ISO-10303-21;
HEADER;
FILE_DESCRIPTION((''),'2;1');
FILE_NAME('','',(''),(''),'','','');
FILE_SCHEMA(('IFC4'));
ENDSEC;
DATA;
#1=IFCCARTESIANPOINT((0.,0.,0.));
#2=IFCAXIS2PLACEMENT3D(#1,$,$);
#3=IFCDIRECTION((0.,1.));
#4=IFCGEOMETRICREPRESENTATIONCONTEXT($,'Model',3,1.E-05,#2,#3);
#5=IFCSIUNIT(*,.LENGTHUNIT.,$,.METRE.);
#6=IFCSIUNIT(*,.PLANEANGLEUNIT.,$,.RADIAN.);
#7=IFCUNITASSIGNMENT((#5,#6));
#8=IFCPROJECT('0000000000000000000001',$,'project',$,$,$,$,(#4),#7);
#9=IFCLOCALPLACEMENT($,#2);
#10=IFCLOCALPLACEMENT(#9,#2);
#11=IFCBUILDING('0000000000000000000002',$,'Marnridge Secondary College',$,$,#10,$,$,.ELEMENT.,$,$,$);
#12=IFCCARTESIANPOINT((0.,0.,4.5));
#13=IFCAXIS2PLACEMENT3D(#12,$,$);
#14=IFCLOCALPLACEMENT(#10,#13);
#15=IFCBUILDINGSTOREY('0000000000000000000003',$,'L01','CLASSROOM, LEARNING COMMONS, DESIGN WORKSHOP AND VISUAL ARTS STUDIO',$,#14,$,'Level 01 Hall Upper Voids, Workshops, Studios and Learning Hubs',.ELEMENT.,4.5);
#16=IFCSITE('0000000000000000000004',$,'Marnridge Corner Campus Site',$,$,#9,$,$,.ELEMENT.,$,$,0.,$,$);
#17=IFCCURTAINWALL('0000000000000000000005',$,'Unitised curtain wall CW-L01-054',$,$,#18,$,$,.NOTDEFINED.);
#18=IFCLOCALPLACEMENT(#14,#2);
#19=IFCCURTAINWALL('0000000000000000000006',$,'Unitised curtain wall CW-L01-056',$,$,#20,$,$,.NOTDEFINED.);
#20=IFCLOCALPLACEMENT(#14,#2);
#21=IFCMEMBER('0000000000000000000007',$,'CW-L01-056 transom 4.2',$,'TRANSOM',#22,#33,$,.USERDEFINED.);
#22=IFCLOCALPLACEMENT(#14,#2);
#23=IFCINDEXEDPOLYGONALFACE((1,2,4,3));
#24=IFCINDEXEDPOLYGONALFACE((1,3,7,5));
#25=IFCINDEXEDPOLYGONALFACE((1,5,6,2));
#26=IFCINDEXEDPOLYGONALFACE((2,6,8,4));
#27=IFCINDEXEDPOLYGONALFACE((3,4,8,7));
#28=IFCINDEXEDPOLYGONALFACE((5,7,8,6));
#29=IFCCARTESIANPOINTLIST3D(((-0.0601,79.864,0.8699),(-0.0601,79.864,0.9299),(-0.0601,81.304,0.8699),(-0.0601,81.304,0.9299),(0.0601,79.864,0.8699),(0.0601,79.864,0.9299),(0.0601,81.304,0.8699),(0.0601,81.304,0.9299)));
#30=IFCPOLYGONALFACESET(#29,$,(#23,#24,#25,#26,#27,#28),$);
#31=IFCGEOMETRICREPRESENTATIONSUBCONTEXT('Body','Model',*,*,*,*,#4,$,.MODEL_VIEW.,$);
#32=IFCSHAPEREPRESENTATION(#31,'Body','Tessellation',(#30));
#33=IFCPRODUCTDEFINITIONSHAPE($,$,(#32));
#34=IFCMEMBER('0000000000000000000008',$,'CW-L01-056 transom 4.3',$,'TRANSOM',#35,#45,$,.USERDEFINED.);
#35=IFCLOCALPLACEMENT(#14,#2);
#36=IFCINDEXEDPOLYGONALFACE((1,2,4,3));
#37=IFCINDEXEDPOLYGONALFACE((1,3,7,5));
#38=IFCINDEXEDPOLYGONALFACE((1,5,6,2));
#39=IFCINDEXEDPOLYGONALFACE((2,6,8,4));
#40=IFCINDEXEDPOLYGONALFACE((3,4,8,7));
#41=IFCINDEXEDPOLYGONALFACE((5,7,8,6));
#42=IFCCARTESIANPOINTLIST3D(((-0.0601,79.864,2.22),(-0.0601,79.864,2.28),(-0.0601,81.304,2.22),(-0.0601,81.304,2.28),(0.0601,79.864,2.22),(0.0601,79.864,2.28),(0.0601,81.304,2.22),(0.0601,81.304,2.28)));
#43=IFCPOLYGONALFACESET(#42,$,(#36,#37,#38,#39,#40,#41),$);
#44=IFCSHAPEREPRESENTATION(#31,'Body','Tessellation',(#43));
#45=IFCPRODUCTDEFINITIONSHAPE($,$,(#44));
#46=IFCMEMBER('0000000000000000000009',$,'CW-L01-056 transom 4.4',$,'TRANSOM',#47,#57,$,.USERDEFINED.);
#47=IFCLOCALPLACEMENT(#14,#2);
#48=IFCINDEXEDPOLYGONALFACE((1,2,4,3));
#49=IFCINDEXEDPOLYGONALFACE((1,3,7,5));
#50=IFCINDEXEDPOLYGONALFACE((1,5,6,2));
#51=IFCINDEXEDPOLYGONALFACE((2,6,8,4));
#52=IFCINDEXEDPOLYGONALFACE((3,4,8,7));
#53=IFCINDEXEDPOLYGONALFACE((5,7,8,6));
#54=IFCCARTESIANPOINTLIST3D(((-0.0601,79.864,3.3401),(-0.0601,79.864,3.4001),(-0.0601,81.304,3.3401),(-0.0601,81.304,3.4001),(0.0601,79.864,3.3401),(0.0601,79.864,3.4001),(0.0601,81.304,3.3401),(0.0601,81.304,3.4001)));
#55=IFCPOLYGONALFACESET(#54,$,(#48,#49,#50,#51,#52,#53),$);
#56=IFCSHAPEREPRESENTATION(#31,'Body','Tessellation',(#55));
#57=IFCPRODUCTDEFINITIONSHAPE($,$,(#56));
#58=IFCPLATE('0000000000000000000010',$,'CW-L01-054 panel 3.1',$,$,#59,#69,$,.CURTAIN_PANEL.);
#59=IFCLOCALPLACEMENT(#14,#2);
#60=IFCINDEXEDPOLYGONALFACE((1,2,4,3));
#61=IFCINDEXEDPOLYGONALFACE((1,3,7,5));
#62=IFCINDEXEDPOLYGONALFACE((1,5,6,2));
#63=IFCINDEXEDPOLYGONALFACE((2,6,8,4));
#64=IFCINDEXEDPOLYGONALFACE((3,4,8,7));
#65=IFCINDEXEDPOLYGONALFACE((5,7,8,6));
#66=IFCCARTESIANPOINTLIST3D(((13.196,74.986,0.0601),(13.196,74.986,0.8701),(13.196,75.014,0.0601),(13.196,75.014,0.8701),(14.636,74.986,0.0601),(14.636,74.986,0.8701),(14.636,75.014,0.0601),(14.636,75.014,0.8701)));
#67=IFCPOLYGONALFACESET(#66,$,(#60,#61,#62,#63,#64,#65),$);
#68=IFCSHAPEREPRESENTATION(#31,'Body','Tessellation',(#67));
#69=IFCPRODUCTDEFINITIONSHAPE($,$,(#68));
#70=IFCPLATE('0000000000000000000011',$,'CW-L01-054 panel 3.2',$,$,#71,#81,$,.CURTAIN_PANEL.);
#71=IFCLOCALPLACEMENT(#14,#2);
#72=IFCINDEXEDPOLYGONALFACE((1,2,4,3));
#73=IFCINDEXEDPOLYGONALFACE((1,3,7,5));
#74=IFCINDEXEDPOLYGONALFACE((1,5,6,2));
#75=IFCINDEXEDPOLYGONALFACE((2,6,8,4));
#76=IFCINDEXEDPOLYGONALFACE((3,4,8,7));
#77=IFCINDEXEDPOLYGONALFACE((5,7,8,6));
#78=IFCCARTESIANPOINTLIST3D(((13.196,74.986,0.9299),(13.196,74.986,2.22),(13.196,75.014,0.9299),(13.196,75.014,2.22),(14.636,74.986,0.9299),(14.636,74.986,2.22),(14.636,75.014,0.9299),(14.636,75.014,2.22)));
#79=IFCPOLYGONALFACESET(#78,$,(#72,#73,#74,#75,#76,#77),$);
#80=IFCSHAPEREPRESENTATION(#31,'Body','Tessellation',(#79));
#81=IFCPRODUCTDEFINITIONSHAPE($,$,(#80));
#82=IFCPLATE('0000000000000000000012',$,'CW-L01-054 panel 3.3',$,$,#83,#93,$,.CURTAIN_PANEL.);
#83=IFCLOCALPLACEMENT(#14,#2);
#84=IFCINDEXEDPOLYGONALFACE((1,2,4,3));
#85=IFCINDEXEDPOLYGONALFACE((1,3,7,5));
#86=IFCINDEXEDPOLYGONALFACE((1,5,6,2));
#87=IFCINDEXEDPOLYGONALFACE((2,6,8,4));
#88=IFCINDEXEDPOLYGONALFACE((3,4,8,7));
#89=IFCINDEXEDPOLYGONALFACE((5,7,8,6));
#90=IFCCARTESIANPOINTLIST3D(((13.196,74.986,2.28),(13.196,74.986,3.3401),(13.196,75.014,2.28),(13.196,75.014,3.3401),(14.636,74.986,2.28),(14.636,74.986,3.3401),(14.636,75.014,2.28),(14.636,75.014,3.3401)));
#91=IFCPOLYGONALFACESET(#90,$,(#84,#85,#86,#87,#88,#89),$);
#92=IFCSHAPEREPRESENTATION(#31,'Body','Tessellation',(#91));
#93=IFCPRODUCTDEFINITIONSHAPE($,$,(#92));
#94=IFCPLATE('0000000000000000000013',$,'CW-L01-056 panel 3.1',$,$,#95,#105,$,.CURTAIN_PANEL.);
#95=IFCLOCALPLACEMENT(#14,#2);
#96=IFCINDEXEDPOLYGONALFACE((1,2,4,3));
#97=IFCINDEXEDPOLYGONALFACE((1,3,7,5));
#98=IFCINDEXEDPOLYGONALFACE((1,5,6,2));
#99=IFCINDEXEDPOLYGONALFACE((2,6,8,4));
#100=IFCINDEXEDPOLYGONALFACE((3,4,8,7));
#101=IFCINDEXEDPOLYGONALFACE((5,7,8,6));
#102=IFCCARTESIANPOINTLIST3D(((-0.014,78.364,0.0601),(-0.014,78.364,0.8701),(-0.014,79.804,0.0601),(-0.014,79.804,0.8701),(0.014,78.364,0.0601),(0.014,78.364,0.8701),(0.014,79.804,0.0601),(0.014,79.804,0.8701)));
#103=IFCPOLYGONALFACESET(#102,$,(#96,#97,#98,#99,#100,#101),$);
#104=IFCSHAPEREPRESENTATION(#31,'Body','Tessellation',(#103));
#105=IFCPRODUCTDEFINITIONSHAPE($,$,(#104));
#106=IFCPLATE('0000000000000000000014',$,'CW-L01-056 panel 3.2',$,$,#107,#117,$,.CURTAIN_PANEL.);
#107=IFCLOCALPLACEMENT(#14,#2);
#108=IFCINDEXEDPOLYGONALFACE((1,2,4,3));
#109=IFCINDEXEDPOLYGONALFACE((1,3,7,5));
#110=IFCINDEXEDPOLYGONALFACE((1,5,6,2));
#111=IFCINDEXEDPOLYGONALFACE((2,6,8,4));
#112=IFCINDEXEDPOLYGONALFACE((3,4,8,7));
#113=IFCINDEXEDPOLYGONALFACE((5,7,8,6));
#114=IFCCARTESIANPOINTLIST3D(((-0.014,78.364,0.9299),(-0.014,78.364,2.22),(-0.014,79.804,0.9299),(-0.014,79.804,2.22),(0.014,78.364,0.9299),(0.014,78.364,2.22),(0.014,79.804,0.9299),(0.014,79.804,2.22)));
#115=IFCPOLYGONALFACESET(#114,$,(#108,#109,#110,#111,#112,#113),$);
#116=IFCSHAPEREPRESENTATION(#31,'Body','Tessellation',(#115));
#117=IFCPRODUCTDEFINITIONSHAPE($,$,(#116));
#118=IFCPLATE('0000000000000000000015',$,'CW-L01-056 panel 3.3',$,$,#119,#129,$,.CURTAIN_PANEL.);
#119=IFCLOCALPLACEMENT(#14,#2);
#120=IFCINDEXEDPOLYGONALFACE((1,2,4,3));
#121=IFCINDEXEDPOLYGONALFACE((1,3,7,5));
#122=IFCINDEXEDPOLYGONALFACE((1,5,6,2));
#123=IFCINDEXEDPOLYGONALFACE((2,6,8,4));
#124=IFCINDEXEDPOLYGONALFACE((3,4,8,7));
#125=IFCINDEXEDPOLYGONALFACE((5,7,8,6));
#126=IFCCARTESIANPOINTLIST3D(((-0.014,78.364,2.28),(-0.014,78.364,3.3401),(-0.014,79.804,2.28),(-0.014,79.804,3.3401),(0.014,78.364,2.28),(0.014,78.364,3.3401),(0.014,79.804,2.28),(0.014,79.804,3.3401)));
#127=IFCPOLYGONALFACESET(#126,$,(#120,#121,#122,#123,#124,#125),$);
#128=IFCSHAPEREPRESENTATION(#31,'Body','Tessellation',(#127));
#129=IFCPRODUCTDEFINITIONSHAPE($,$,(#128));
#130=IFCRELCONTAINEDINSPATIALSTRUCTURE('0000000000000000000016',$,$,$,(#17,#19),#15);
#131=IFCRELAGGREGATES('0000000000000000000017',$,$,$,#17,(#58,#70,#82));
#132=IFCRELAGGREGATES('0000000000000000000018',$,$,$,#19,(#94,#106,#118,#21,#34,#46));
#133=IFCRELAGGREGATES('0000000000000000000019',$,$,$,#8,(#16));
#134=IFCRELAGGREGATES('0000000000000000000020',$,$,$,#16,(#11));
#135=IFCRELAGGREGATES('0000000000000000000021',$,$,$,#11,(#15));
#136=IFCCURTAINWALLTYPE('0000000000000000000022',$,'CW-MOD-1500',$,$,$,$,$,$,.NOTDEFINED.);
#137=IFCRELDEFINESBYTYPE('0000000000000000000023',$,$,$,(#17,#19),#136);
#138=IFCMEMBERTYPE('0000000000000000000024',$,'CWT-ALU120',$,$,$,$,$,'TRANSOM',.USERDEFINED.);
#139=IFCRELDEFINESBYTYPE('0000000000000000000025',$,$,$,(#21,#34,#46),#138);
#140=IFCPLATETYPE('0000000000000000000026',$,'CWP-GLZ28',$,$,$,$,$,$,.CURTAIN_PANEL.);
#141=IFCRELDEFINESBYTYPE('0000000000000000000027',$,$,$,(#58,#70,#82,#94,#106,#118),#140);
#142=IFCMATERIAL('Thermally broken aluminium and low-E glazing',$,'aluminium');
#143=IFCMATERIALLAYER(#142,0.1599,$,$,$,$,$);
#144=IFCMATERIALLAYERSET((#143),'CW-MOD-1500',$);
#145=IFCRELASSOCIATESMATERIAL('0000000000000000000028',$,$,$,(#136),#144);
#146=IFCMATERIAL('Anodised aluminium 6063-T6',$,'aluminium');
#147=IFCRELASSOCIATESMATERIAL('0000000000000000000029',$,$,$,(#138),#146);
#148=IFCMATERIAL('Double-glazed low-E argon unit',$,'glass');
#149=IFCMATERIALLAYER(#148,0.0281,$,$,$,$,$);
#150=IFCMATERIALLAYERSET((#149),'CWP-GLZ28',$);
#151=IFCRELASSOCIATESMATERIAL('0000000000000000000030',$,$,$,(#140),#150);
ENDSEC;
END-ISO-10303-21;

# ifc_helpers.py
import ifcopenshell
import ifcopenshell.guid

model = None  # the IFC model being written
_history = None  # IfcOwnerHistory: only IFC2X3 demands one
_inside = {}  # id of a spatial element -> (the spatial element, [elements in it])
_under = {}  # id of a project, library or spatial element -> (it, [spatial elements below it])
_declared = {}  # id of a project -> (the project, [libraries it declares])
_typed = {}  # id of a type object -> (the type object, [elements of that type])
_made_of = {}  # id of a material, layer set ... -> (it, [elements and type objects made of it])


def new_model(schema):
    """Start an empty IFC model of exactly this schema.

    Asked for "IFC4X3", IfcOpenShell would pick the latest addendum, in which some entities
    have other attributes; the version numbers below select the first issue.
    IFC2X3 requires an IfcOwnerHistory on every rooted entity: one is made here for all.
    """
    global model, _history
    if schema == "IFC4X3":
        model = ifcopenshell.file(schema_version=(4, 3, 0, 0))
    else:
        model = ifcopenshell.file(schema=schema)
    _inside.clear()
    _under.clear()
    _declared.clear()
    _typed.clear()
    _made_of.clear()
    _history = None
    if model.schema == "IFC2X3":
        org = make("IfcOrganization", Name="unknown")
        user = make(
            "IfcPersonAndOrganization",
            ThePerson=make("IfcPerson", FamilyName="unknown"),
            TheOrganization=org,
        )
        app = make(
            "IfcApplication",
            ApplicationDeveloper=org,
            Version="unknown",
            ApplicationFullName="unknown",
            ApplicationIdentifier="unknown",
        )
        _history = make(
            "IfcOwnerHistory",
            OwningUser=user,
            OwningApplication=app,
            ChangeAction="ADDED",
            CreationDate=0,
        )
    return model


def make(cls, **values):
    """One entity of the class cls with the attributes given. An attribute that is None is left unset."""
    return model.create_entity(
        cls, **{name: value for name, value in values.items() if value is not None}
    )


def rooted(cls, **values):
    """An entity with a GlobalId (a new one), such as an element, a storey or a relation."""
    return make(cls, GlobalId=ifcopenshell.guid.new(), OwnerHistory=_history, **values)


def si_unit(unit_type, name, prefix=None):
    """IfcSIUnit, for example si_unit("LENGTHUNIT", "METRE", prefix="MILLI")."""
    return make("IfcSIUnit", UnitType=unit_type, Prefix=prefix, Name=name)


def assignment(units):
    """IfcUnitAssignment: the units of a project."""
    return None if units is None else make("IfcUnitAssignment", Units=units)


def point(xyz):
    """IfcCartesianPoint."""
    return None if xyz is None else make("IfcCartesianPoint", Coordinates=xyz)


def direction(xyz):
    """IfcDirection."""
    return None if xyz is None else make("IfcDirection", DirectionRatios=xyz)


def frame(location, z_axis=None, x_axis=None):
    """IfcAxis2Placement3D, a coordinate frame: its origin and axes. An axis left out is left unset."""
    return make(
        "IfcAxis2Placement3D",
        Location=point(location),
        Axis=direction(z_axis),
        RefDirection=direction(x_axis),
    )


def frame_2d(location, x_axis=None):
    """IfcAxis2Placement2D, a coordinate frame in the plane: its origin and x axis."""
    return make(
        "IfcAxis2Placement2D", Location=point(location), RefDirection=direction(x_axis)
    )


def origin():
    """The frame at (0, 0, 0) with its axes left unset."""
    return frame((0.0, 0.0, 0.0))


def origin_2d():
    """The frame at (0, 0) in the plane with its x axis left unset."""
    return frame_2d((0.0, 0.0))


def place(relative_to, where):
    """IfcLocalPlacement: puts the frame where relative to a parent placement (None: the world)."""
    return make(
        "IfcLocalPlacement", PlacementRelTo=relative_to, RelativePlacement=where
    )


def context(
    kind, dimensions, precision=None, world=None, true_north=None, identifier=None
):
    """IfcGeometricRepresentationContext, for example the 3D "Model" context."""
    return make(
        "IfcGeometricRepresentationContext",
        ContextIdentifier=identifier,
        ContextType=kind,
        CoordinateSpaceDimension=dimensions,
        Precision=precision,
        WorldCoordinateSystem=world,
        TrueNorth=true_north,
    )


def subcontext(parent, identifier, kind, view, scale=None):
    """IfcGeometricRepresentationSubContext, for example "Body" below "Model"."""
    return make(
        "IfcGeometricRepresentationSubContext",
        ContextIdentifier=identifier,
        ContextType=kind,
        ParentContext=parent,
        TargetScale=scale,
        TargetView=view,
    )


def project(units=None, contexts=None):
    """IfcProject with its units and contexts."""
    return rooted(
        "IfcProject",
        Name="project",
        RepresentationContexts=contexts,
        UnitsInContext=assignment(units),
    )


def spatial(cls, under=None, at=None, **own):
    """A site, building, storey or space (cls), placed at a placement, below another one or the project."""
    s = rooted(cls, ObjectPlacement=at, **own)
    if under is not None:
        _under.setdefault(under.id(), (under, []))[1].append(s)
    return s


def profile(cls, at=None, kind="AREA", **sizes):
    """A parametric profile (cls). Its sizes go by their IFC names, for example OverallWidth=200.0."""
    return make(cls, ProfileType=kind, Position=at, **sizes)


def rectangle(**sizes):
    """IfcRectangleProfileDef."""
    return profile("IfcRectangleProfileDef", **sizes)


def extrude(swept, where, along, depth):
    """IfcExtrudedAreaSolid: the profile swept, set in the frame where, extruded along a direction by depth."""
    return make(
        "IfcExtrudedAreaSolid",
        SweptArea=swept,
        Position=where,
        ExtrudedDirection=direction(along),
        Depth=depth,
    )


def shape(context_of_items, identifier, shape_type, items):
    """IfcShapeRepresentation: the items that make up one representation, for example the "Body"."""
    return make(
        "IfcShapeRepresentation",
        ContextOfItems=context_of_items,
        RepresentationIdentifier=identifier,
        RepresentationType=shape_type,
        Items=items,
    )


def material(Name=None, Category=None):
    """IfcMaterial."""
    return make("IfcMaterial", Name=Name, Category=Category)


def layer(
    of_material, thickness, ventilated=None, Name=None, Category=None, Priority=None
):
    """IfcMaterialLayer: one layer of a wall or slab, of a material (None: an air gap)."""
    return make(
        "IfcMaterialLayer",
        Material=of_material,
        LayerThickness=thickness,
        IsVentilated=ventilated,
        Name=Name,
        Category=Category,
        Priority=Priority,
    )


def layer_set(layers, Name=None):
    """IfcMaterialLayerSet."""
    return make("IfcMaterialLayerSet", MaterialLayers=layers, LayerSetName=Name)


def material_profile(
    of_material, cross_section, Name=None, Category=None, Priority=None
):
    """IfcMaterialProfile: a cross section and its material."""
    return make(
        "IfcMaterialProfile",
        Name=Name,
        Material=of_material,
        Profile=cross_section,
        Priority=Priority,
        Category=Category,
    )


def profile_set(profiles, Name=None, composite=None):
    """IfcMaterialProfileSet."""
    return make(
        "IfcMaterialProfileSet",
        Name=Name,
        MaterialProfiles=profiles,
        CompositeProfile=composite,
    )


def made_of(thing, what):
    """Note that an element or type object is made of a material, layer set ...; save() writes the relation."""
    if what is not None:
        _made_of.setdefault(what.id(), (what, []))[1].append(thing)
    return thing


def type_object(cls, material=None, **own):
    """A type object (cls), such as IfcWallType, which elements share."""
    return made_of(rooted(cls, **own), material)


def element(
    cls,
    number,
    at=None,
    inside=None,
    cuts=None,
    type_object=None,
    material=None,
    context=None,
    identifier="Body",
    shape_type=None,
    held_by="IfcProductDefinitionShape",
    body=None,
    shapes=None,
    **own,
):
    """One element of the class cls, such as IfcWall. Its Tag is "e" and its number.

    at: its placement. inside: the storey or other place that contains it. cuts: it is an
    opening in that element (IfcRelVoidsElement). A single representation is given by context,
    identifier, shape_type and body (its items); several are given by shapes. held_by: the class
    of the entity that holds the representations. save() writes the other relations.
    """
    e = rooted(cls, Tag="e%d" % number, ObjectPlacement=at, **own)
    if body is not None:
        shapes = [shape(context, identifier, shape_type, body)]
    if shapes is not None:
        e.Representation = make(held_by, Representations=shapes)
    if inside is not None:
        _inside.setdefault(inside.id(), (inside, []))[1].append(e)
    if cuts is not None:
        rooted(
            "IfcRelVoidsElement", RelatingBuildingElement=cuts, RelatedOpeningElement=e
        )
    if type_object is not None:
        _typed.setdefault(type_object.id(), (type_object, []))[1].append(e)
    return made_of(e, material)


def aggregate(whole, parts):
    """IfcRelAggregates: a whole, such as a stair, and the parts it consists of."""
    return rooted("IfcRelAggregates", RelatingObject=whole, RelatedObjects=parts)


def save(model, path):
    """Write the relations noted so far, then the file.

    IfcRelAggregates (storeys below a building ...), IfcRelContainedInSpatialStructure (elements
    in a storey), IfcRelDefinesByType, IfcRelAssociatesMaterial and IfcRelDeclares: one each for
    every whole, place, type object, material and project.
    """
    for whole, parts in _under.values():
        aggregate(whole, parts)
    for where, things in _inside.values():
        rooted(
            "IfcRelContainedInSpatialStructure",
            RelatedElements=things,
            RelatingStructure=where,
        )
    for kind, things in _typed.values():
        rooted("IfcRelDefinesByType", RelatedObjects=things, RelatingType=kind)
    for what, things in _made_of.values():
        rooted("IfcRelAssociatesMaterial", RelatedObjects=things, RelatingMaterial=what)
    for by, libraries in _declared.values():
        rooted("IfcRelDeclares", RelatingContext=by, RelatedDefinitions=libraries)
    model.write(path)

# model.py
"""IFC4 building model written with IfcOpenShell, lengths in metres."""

from ifc_helpers import new_model, si_unit, direction, frame, origin, origin_2d, place, context, subcontext, project, spatial, rectangle, extrude, material, layer, layer_set, material_profile, profile_set, type_object, element, aggregate, save


model = new_model("IFC4")

# Units and contexts
model_context = context("Model", 3, precision=1e-05, world=origin(), true_north=direction((0.0, 1.0)))
body_context = subcontext(model_context, "Body", "Model", "MODEL_VIEW")
ifc_project = project(units=[si_unit("LENGTHUNIT", "METRE"), si_unit("PLANEANGLEUNIT", "RADIAN")], contexts=[model_context])

# Site, building, storey
site_placement = place(None, origin())
site = spatial("IfcSite", under=ifc_project, at=site_placement, Name="Marnridge Corner Campus Site", CompositionType="ELEMENT", RefElevation=0.0)
building_placement = place(site_placement, origin())
building = spatial("IfcBuilding", under=site, at=building_placement, Name="Marnridge Secondary College", CompositionType="ELEMENT")
storey_placement = place(building_placement, frame((0.0, 0.0, 4.5)))
storey = spatial("IfcBuildingStorey", under=building, at=storey_placement, Name="L01", Description="CLASSROOM, LEARNING COMMONS, DESIGN WORKSHOP AND VISUAL ARTS STUDIO", LongName="Level 01 Hall Upper Voids, Workshops, Studios and Learning Hubs", CompositionType="ELEMENT", Elevation=4.5)

# Curtain walls
ifc_material_1 = material(Name="Thermally broken aluminium and low-E glazing", Category="aluminium")
ifc_layer_1 = layer(ifc_material_1, 0.1599)
ifc_layer_set_1 = layer_set([ifc_layer_1], Name="CW-MOD-1500")
curtain_wall_type = type_object("IfcCurtainWallType", Name="CW-MOD-1500", PredefinedType="NOTDEFINED", material=ifc_layer_set_1)
curtain_wall_1_placement = place(storey_placement, origin())
curtain_wall_1 = element("IfcCurtainWall", 1, at=curtain_wall_1_placement, inside=storey, type_object=curtain_wall_type, Name="Unitised curtain wall CW-L01-054", PredefinedType="NOTDEFINED")
curtain_wall_2_placement = place(storey_placement, origin())
curtain_wall_2 = element("IfcCurtainWall", 2, at=curtain_wall_2_placement, inside=storey, type_object=curtain_wall_type, Name="Unitised curtain wall CW-L01-056", PredefinedType="NOTDEFINED")

# Members
ifc_material_2 = material(Name="Anodised aluminium 6063-T6", Category="aluminium")
ifc_material_profile_1 = material_profile(ifc_material_2, rectangle(XDim=0.0601, YDim=0.1201, at=origin_2d()), Name="ALU 60x120")
ifc_profile_set_1 = profile_set([ifc_material_profile_1], Name="Anodised aluminium 6063-T6")
member_type_1 = type_object("IfcMemberType", Name="CWT-ALU120", ElementType="TRANSOM", PredefinedType="USERDEFINED", material=ifc_profile_set_1)
member_1_placement = place(storey_placement, frame((0.0, 79.864, 0.8999), z_axis=(0.0, 1.0, 0.0), x_axis=(0.0, 0.0, 1.0)))
member_1 = element("IfcMember", 3, at=member_1_placement, type_object=member_type_1, Name="CW-L01-056 transom 4.2", ObjectType="TRANSOM", PredefinedType="USERDEFINED", context=body_context, shape_type="SweptSolid", body=[
    extrude(rectangle(XDim=0.0601, YDim=0.1201, at=origin_2d()), origin(), (0.0, 0.0, 1.0), 1.4399),
])
member_2_placement = place(storey_placement, frame((0.0, 79.864, 2.25), z_axis=(0.0, 1.0, 0.0), x_axis=(0.0, 0.0, 1.0)))
member_2 = element("IfcMember", 4, at=member_2_placement, type_object=member_type_1, Name="CW-L01-056 transom 4.3", ObjectType="TRANSOM", PredefinedType="USERDEFINED", context=body_context, shape_type="SweptSolid", body=[
    extrude(rectangle(XDim=0.0601, YDim=0.1201, at=origin_2d()), origin(), (0.0, 0.0, 1.0), 1.4399),
])
member_3_placement = place(storey_placement, frame((0.0, 79.864, 3.3701), z_axis=(0.0, 1.0, 0.0), x_axis=(0.0, 0.0, 1.0)))
member_3 = element("IfcMember", 5, at=member_3_placement, type_object=member_type_1, Name="CW-L01-056 transom 4.4", ObjectType="TRANSOM", PredefinedType="USERDEFINED", context=body_context, shape_type="SweptSolid", body=[
    extrude(rectangle(XDim=0.0601, YDim=0.1201, at=origin_2d()), origin(), (0.0, 0.0, 1.0), 1.4399),
])

# Plates
ifc_material_3 = material(Name="Double-glazed low-E argon unit", Category="glass")
ifc_layer_2 = layer(ifc_material_3, 0.0281)
ifc_layer_set_2 = layer_set([ifc_layer_2], Name="CWP-GLZ28")
plate_type = type_object("IfcPlateType", Name="CWP-GLZ28", PredefinedType="CURTAIN_PANEL", material=ifc_layer_set_2)
plate_1_placement = place(storey_placement, frame((13.916, 75.0, 0.0601), z_axis=(0.0, 0.0, 1.0), x_axis=(-1.0, 0.0, 0.0)))
plate_1 = element("IfcPlate", 6, at=plate_1_placement, type_object=plate_type, Name="CW-L01-054 panel 3.1", PredefinedType="CURTAIN_PANEL", context=body_context, shape_type="SweptSolid", body=[
    extrude(rectangle(XDim=1.4399, YDim=0.0281, at=origin_2d()), origin(), (0.0, 0.0, 1.0), 0.8101),
])
plate_2_placement = place(storey_placement, frame((13.916, 75.0, 0.9299), z_axis=(0.0, 0.0, 1.0), x_axis=(-1.0, 0.0, 0.0)))
plate_2 = element("IfcPlate", 7, at=plate_2_placement, type_object=plate_type, Name="CW-L01-054 panel 3.2", PredefinedType="CURTAIN_PANEL", context=body_context, shape_type="SweptSolid", body=[
    extrude(rectangle(XDim=1.4399, YDim=0.0281, at=origin_2d()), origin(), (0.0, 0.0, 1.0), 1.29),
])
plate_3_placement = place(storey_placement, frame((13.916, 75.0, 2.28), z_axis=(0.0, 0.0, 1.0), x_axis=(-1.0, 0.0, 0.0)))
plate_3 = element("IfcPlate", 8, at=plate_3_placement, type_object=plate_type, Name="CW-L01-054 panel 3.3", PredefinedType="CURTAIN_PANEL", context=body_context, shape_type="SweptSolid", body=[
    extrude(rectangle(XDim=1.4399, YDim=0.0281, at=origin_2d()), origin(), (0.0, 0.0, 1.0), 1.0601),
])
aggregate(curtain_wall_1, [plate_1, plate_2, plate_3])
plate_4_placement = place(storey_placement, frame((0.0, 79.084, 0.0601), z_axis=(0.0, 0.0, 1.0), x_axis=(0.0, 1.0, 0.0)))
plate_4 = element("IfcPlate", 9, at=plate_4_placement, type_object=plate_type, Name="CW-L01-056 panel 3.1", PredefinedType="CURTAIN_PANEL", context=body_context, shape_type="SweptSolid", body=[
    extrude(rectangle(XDim=1.4399, YDim=0.0281, at=origin_2d()), origin(), (0.0, 0.0, 1.0), 0.8101),
])
plate_5_placement = place(storey_placement, frame((0.0, 79.084, 0.9299), z_axis=(0.0, 0.0, 1.0), x_axis=(0.0, 1.0, 0.0)))
plate_5 = element("IfcPlate", 10, at=plate_5_placement, type_object=plate_type, Name="CW-L01-056 panel 3.2", PredefinedType="CURTAIN_PANEL", context=body_context, shape_type="SweptSolid", body=[
    extrude(rectangle(XDim=1.4399, YDim=0.0281, at=origin_2d()), origin(), (0.0, 0.0, 1.0), 1.29),
])
plate_6_placement = place(storey_placement, frame((0.0, 79.084, 2.28), z_axis=(0.0, 0.0, 1.0), x_axis=(0.0, 1.0, 0.0)))
plate_6 = element("IfcPlate", 11, at=plate_6_placement, type_object=plate_type, Name="CW-L01-056 panel 3.3", PredefinedType="CURTAIN_PANEL", context=body_context, shape_type="SweptSolid", body=[
    extrude(rectangle(XDim=1.4399, YDim=0.0281, at=origin_2d()), origin(), (0.0, 0.0, 1.0), 1.0601),
])
aggregate(curtain_wall_2, [plate_4, plate_5, plate_6, member_1, member_2, member_3])

save(model, "model.ifc")
